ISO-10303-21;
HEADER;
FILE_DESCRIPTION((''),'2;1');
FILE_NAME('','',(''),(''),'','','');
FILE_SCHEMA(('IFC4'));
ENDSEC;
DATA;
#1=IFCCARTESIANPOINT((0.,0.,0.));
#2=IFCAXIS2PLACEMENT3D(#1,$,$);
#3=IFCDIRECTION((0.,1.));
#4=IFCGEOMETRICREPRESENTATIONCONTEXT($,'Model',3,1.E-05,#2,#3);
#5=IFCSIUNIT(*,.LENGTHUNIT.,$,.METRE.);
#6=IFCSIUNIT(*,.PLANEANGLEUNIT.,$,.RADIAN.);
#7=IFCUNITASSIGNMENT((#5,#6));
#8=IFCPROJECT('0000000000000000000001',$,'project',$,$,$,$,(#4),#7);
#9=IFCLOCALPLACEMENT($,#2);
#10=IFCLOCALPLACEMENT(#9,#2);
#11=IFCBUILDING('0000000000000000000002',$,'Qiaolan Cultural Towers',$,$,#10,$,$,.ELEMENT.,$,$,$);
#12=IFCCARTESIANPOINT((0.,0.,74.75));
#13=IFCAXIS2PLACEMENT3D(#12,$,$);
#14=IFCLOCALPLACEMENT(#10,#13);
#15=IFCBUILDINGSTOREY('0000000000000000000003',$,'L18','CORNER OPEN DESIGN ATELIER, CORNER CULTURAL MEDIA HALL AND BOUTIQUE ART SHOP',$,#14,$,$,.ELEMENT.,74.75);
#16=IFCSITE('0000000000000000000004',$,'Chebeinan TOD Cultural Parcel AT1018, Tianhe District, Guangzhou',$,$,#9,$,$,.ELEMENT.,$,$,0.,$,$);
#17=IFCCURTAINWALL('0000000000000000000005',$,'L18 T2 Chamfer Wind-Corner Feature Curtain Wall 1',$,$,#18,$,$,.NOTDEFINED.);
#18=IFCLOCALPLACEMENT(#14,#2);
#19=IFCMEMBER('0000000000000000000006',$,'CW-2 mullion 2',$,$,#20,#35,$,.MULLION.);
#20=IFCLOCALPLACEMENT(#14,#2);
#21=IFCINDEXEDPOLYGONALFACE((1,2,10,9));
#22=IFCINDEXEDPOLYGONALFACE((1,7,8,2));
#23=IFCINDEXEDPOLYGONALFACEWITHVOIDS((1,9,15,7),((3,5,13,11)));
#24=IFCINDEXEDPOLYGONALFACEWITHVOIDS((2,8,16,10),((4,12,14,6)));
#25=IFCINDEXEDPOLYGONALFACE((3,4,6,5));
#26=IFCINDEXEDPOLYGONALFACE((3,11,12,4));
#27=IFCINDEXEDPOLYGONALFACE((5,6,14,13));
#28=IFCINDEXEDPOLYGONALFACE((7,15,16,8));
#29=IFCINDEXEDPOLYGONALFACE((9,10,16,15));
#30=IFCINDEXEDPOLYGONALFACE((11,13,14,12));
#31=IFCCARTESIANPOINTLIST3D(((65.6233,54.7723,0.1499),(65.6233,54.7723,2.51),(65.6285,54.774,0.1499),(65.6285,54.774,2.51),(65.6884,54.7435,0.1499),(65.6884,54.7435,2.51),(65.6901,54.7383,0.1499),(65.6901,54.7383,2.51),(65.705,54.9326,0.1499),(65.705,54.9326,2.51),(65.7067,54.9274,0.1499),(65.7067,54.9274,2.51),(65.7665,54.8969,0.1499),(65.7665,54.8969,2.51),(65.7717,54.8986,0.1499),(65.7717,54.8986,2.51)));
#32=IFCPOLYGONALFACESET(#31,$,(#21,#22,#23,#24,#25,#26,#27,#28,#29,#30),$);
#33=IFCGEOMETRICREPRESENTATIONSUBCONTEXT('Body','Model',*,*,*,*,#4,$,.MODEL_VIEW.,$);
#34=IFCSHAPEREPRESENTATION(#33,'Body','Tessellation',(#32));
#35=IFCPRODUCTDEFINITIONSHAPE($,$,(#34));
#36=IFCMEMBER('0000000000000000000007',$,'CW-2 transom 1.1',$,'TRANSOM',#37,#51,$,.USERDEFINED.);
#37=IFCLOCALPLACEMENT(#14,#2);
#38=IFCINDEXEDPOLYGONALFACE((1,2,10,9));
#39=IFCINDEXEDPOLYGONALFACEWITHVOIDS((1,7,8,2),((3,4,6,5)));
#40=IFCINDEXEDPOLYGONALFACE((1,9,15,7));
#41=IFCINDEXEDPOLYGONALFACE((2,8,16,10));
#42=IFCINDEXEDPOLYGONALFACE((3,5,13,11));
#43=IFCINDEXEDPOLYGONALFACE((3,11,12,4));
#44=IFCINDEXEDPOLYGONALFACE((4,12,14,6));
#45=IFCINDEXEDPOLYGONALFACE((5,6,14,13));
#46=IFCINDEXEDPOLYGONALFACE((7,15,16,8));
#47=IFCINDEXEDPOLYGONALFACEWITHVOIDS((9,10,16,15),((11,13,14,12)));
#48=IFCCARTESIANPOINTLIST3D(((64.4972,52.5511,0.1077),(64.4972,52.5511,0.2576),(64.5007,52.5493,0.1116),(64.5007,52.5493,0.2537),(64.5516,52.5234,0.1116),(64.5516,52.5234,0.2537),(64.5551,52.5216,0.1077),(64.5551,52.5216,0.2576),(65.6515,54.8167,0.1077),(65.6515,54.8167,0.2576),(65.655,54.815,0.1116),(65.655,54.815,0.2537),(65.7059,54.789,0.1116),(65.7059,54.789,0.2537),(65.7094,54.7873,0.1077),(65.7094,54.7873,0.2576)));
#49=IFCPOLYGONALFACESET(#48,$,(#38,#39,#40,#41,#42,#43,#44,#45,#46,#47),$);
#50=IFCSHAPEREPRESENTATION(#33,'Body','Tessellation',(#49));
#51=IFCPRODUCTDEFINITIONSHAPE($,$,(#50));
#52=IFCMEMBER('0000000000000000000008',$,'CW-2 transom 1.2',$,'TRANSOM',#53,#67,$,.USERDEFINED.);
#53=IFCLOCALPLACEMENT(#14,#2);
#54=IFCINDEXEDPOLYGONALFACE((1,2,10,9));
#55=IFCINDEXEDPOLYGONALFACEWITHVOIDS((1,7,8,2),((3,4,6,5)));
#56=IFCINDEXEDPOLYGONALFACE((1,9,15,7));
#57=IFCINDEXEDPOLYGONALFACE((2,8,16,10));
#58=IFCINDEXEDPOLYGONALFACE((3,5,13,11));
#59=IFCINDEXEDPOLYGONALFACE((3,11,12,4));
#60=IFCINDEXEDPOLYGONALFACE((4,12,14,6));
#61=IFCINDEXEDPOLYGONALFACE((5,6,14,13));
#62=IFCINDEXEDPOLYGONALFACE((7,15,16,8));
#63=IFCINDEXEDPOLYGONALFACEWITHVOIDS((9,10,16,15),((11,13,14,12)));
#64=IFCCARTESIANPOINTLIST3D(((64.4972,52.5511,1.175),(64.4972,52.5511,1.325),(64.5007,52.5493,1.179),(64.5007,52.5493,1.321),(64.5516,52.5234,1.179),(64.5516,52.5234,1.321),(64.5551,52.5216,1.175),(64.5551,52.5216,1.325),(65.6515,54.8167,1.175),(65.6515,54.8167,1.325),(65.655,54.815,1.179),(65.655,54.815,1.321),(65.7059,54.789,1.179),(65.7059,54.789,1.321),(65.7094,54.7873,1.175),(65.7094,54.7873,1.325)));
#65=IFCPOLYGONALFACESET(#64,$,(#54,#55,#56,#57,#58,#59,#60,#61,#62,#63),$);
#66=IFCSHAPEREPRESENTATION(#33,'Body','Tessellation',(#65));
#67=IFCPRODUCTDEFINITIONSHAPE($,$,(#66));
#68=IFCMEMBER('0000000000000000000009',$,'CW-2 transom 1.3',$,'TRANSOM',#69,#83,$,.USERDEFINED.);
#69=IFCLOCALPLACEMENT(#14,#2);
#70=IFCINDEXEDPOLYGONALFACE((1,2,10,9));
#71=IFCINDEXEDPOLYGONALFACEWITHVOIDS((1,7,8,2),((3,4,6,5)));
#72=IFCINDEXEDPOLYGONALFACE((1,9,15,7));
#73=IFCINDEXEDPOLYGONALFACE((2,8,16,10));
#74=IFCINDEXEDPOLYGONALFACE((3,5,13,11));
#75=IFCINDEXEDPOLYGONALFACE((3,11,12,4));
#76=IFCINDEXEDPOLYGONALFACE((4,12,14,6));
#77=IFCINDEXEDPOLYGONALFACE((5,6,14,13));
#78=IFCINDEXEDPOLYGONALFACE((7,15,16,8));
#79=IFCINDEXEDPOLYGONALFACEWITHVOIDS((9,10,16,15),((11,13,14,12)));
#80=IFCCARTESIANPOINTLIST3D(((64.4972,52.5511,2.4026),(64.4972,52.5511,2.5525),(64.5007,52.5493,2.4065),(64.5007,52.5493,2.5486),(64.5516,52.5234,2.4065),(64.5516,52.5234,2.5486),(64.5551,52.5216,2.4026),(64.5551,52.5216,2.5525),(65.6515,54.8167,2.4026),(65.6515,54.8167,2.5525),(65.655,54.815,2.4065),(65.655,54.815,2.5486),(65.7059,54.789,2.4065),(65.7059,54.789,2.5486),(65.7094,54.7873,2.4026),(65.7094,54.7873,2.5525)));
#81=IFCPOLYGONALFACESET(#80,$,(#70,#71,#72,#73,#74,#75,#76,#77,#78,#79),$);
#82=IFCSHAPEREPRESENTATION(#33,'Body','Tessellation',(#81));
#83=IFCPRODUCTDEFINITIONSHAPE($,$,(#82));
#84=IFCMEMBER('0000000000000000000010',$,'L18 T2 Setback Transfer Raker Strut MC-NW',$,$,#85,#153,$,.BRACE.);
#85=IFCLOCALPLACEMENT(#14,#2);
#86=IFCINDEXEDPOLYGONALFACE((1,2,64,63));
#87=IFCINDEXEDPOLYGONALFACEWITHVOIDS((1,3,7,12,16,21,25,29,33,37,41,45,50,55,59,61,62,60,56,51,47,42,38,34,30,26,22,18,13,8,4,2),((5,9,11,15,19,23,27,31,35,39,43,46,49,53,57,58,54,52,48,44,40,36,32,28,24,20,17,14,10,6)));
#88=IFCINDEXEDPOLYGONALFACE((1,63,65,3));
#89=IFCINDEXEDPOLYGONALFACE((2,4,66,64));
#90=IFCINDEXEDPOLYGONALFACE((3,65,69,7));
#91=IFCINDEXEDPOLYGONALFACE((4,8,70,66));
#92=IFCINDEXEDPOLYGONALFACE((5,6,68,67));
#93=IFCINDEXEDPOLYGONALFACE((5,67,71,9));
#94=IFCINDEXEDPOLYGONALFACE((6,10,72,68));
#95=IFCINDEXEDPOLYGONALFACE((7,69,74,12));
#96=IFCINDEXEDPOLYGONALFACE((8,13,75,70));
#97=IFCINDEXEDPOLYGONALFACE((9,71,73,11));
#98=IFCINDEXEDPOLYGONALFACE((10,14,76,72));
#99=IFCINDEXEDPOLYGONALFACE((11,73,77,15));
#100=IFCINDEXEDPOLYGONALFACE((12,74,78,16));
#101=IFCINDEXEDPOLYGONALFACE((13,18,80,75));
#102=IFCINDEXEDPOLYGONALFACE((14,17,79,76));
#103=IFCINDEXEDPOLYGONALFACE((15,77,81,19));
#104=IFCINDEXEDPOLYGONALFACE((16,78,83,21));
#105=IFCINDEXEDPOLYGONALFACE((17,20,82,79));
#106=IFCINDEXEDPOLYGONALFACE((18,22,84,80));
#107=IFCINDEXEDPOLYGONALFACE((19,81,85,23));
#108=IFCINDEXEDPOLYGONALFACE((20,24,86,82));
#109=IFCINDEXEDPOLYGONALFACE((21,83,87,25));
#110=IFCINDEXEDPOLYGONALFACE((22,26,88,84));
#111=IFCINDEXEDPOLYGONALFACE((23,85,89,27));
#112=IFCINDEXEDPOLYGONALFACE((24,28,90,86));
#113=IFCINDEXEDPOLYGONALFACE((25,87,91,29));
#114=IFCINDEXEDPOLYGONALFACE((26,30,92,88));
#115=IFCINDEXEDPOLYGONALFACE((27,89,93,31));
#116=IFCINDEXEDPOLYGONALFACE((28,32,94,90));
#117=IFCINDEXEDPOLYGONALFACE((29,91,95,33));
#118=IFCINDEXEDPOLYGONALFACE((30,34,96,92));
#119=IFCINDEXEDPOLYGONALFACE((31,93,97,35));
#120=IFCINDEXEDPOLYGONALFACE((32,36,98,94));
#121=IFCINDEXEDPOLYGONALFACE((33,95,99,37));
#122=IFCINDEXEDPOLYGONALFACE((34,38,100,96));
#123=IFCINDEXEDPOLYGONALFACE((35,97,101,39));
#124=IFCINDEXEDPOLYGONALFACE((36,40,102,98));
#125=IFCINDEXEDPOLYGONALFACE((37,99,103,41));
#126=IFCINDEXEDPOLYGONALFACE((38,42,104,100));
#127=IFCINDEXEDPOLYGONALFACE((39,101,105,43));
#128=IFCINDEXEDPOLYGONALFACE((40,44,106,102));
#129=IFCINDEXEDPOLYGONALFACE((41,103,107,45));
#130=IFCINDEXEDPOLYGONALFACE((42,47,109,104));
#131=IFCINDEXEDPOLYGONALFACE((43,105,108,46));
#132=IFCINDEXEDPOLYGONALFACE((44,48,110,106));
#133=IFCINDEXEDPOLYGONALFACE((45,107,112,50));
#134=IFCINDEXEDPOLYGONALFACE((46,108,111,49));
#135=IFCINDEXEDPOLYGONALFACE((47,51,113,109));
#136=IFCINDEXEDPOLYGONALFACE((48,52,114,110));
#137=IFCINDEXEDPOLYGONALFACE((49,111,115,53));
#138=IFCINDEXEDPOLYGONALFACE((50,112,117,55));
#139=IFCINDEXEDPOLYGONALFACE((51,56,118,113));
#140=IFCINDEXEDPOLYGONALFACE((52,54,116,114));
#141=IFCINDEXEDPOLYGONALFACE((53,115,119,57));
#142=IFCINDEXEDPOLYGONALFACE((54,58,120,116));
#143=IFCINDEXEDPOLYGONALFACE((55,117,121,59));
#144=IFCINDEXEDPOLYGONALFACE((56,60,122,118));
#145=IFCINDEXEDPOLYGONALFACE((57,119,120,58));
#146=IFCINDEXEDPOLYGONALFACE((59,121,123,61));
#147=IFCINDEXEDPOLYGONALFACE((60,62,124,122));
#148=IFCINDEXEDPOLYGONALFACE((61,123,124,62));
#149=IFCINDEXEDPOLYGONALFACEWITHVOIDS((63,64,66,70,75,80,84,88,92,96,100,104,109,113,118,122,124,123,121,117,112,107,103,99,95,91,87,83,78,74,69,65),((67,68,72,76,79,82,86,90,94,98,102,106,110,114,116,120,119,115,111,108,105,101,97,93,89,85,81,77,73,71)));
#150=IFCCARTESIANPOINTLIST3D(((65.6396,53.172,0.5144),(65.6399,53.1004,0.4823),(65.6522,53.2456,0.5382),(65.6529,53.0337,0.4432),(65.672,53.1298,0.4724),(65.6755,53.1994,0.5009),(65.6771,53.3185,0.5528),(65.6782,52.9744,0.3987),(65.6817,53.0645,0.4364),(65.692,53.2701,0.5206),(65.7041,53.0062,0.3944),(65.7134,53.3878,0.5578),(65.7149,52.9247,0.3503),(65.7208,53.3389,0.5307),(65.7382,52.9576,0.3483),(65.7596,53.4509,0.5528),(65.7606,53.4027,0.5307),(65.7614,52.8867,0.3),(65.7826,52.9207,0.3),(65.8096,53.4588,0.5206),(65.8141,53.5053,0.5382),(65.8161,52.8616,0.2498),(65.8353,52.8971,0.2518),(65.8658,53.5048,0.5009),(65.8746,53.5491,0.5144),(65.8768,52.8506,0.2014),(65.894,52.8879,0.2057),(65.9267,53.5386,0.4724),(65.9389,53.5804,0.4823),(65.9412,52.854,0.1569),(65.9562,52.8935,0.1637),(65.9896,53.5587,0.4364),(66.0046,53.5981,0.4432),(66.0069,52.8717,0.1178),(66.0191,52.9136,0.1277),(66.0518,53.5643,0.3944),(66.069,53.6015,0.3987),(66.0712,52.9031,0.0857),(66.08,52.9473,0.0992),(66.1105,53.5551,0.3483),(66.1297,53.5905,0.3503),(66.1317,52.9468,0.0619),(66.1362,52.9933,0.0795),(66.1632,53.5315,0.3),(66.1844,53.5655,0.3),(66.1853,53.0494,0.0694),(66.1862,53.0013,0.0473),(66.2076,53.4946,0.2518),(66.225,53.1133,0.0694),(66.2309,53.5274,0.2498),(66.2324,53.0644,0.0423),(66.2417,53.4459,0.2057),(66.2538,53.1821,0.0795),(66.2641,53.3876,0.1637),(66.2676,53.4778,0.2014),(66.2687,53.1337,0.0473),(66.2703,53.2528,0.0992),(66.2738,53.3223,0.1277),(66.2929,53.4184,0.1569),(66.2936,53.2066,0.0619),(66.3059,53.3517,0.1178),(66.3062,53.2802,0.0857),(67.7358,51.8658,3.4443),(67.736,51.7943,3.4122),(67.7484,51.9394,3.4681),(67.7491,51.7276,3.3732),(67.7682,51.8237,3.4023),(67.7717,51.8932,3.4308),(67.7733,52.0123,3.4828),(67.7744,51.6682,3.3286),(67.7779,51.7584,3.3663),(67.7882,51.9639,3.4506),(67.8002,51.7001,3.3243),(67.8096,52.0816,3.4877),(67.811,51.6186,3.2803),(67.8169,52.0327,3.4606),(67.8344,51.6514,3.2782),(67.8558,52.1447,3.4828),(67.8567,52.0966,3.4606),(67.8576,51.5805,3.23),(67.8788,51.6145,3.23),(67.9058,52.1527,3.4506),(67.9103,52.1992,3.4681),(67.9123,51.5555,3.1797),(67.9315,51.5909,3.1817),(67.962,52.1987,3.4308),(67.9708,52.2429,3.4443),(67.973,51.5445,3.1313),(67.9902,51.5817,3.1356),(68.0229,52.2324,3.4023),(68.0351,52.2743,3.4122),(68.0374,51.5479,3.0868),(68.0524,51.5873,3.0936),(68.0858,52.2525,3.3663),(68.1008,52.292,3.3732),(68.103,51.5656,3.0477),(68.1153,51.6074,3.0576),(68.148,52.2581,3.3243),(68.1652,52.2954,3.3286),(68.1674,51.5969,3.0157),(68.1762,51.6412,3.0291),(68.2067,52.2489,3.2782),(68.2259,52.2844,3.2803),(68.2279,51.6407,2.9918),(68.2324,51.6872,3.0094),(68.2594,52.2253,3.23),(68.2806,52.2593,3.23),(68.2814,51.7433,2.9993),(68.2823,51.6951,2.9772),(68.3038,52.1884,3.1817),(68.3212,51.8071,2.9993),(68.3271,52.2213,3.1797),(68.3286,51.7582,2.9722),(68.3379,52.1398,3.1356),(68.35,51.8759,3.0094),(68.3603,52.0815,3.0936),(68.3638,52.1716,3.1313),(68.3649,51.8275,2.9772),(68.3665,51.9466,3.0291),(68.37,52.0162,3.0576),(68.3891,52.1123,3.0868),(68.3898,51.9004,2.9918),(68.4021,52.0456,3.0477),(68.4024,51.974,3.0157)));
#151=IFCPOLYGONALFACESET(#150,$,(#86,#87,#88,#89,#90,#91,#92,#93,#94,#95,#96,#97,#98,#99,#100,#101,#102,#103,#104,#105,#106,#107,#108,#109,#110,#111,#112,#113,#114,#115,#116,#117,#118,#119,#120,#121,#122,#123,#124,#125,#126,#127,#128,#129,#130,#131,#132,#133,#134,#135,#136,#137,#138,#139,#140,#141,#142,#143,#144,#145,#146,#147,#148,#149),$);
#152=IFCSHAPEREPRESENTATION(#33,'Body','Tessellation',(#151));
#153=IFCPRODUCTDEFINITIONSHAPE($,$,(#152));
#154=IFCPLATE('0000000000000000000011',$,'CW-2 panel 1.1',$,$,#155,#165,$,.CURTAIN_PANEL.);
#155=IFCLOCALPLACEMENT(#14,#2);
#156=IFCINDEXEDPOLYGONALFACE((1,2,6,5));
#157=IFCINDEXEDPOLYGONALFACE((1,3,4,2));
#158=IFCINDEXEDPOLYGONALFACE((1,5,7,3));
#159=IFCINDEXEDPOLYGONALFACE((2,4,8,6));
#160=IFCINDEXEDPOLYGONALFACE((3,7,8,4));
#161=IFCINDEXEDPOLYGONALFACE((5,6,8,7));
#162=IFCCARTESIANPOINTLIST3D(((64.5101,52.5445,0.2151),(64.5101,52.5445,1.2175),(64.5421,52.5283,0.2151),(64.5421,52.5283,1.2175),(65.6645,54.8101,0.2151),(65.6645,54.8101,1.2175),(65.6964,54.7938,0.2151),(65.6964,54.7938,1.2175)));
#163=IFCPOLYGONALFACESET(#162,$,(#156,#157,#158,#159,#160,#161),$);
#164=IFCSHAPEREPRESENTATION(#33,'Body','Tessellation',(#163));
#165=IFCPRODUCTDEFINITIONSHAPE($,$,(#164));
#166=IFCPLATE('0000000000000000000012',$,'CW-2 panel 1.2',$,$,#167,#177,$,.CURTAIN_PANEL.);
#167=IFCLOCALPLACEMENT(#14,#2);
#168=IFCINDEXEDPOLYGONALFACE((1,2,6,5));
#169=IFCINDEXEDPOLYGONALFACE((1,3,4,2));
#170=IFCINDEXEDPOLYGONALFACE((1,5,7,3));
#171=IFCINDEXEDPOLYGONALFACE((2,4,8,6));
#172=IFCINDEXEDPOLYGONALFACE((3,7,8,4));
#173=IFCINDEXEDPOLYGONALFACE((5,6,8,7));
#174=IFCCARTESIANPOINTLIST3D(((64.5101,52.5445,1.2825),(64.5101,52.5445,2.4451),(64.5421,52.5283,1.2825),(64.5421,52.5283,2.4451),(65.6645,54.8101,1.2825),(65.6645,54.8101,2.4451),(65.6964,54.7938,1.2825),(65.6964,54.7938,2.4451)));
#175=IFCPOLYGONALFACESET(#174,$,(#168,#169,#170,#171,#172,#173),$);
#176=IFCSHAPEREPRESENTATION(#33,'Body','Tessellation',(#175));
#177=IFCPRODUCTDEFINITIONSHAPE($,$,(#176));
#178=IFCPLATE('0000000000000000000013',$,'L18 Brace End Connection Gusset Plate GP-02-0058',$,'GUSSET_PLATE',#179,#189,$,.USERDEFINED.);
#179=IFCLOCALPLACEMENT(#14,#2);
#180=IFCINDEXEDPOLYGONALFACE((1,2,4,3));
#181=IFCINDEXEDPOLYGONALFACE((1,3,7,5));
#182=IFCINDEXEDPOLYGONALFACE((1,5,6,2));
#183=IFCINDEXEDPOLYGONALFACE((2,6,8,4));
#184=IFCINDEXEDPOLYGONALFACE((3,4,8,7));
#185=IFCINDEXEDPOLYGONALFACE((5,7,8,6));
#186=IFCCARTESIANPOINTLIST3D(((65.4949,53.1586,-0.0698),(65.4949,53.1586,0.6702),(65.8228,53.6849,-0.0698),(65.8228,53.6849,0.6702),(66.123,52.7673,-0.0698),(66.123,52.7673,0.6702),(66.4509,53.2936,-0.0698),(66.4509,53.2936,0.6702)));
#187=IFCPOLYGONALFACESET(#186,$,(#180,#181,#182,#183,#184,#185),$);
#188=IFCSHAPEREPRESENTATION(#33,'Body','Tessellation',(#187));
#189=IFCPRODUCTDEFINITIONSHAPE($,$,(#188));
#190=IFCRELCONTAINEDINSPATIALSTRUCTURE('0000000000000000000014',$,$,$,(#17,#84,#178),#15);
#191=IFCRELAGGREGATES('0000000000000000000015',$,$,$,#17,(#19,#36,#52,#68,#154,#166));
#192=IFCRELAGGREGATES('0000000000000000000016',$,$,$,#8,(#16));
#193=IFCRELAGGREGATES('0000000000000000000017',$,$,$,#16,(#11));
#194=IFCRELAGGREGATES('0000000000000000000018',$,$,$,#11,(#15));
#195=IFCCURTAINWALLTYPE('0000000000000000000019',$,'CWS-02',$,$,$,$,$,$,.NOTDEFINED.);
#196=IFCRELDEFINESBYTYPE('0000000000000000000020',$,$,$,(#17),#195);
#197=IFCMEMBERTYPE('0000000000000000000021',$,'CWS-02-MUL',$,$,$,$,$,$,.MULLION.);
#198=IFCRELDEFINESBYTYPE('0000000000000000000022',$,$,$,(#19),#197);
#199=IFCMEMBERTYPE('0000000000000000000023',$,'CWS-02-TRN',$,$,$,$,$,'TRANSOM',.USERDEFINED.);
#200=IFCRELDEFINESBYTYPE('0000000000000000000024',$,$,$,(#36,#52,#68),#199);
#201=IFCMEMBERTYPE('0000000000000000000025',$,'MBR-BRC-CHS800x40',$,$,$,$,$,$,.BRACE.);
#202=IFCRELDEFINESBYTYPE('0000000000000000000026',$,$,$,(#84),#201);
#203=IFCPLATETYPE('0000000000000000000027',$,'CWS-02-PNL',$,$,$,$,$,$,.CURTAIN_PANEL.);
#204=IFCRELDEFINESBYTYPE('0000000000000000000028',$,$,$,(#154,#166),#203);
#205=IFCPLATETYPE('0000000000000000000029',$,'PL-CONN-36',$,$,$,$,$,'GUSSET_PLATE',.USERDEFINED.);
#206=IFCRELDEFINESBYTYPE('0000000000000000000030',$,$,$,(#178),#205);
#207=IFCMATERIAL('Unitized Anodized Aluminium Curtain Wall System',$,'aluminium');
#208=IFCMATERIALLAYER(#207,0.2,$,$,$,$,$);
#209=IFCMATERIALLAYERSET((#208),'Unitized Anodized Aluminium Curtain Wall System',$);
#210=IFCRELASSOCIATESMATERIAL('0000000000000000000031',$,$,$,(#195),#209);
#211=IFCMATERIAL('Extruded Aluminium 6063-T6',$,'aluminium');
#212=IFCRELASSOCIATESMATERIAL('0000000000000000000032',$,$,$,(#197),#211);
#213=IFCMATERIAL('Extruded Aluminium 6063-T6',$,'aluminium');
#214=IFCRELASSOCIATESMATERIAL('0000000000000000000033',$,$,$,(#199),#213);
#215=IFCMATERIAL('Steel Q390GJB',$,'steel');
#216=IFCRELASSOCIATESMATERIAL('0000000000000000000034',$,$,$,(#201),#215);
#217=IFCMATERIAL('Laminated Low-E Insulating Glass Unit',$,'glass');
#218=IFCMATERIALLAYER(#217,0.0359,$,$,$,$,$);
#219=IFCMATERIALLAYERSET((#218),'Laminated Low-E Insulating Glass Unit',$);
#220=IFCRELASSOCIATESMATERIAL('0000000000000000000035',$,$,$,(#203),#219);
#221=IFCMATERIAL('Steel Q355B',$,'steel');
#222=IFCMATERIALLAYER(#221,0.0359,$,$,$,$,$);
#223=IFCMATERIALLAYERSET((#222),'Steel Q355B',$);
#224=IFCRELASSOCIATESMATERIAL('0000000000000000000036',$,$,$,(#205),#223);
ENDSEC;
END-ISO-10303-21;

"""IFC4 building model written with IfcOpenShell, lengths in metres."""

from ifc_helpers import new_model, si_unit, direction, frame, origin, origin_2d, place, context, subcontext, project, spatial, rectangle, hollow_rectangle, hollow_circle, extrude, material, layer, layer_set, material_profile, profile_set, type_object, element, aggregate, save


model = new_model("IFC4")

# Units and contexts
model_context = context("Model", 3, precision=1e-05, world=origin(), true_north=direction((0.0, 1.0)))
body_context = subcontext(model_context, "Body", "Model", "MODEL_VIEW")
ifc_project = project(units=[si_unit("LENGTHUNIT", "METRE"), si_unit("PLANEANGLEUNIT", "RADIAN")], contexts=[model_context])

# Site, building, storey
site_placement = place(None, origin())
site = spatial("IfcSite", under=ifc_project, at=site_placement, Name="Chebeinan TOD Cultural Parcel AT1018, Tianhe District, Guangzhou", CompositionType="ELEMENT", RefElevation=0.0)
building_placement = place(site_placement, origin())
building = spatial("IfcBuilding", under=site, at=building_placement, Name="Qiaolan Cultural Towers", CompositionType="ELEMENT")
storey_placement = place(building_placement, frame((0.0, 0.0, 74.75)))
storey = spatial("IfcBuildingStorey", under=building, at=storey_placement, Name="L18", Description="CORNER OPEN DESIGN ATELIER, CORNER CULTURAL MEDIA HALL AND BOUTIQUE ART SHOP", CompositionType="ELEMENT", Elevation=74.75)

# Curtain wall, members
ifc_material_1 = material(Name="Unitized Anodized Aluminium Curtain Wall System", Category="aluminium")
ifc_layer_1 = layer(ifc_material_1, 0.2)
ifc_layer_set_1 = layer_set([ifc_layer_1], Name="Unitized Anodized Aluminium Curtain Wall System")
curtain_wall_type = type_object("IfcCurtainWallType", Name="CWS-02", PredefinedType="NOTDEFINED", material=ifc_layer_set_1)
curtain_wall_placement = place(storey_placement, origin())
curtain_wall = element("IfcCurtainWall", 1, at=curtain_wall_placement, inside=storey, type_object=curtain_wall_type, Name="L18 T2 Chamfer Wind-Corner Feature Curtain Wall 1", PredefinedType="NOTDEFINED")
ifc_material_2 = material(Name="Extruded Aluminium 6063-T6", Category="aluminium")
ifc_material_profile_1 = material_profile(ifc_material_2, hollow_rectangle(XDim=0.075, YDim=0.1799, WallThickness=0.0039, at=origin_2d()), Name="CWM-180x75x4")
ifc_profile_set_1 = profile_set([ifc_material_profile_1], Name="Extruded Aluminium 6063-T6")
member_type_1 = type_object("IfcMemberType", Name="CWS-02-MUL", PredefinedType="MULLION", material=ifc_profile_set_1)
member_1_placement = place(storey_placement, frame((65.6975, 54.8354, 0.1499), z_axis=(0.0, 0.0, 1.0), x_axis=(-0.891007, 0.45399, 0.0)))
member_1 = element("IfcMember", 2, at=member_1_placement, type_object=member_type_1, Name="CW-2 mullion 2", PredefinedType="MULLION", context=body_context, shape_type="SweptSolid", body=[
    extrude(hollow_rectangle(XDim=0.075, YDim=0.1799, WallThickness=0.0039, at=origin_2d()), origin(), (0.0, 0.0, 1.0), 2.3601),
])
ifc_material_3 = material(Name="Extruded Aluminium 6063-T6", Category="aluminium")
ifc_material_profile_2 = material_profile(ifc_material_3, hollow_rectangle(XDim=0.0649, YDim=0.1499, WallThickness=0.0039, at=origin_2d()), Name="CWT-150x65x4")
ifc_profile_set_2 = profile_set([ifc_material_profile_2], Name="Extruded Aluminium 6063-T6")
member_type_2 = type_object("IfcMemberType", Name="CWS-02-TRN", ElementType="TRANSOM", PredefinedType="USERDEFINED", material=ifc_profile_set_2)
member_2_placement = place(storey_placement, frame((64.5261, 52.5364, 0.1826), z_axis=(0.45396, 0.891022, 0.0), x_axis=(-0.891022, 0.45396, 0.0)))
member_2 = element("IfcMember", 3, at=member_2_placement, type_object=member_type_2, Name="CW-2 transom 1.1", ObjectType="TRANSOM", PredefinedType="USERDEFINED", context=body_context, shape_type="SweptSolid", body=[
    extrude(hollow_rectangle(XDim=0.0649, YDim=0.1499, WallThickness=0.0039, at=origin_2d()), origin(), (0.0, 0.0, 1.0), 2.5427),
])
member_3_placement = place(storey_placement, frame((64.5261, 52.5364, 1.25), z_axis=(0.45396, 0.891022, 0.0), x_axis=(-0.891022, 0.45396, 0.0)))
member_3 = element("IfcMember", 4, at=member_3_placement, type_object=member_type_2, Name="CW-2 transom 1.2", ObjectType="TRANSOM", PredefinedType="USERDEFINED", context=body_context, shape_type="SweptSolid", body=[
    extrude(hollow_rectangle(XDim=0.0649, YDim=0.1499, WallThickness=0.0039, at=origin_2d()), origin(), (0.0, 0.0, 1.0), 2.5427),
])
member_4_placement = place(storey_placement, frame((64.5261, 52.5364, 2.4775), z_axis=(0.45396, 0.891022, 0.0), x_axis=(-0.891022, 0.45396, 0.0)))
member_4 = element("IfcMember", 5, at=member_4_placement, type_object=member_type_2, Name="CW-2 transom 1.3", ObjectType="TRANSOM", PredefinedType="USERDEFINED", context=body_context, shape_type="SweptSolid", body=[
    extrude(hollow_rectangle(XDim=0.0649, YDim=0.1499, WallThickness=0.0039, at=origin_2d()), origin(), (0.0, 0.0, 1.0), 2.5427),
])

# Member
ifc_material_4 = material(Name="Steel Q390GJB", Category="steel")
ifc_material_profile_3 = material_profile(ifc_material_4, hollow_circle(Radius=0.3999, WallThickness=0.04, at=origin_2d()), Name="CHS800x40")
ifc_profile_set_3 = profile_set([ifc_material_profile_3], Name="Steel Q390GJB")
member_type_3 = type_object("IfcMemberType", Name="MBR-BRC-CHS800x40", PredefinedType="BRACE", material=ifc_profile_set_3)
member_5_placement = place(storey_placement, frame((65.9729, 53.2261, 0.3), z_axis=(0.547017, -0.34085, 0.764587), x_axis=(0.528843, 0.848719, 0.0)))
element("IfcMember", 6, at=member_5_placement, inside=storey, type_object=member_type_3, Name="L18 T2 Setback Transfer Raker Strut MC-NW", PredefinedType="BRACE", context=body_context, shape_type="SweptSolid", body=[
    extrude(hollow_circle(Radius=0.3999, WallThickness=0.04, at=origin_2d()), origin(), (0.0, 0.0, 1.0), 3.832),
])

# Plates
ifc_material_5 = material(Name="Laminated Low-E Insulating Glass Unit", Category="glass")
ifc_layer_2 = layer(ifc_material_5, 0.0359)
ifc_layer_set_2 = layer_set([ifc_layer_2], Name="Laminated Low-E Insulating Glass Unit")
plate_type_1 = type_object("IfcPlateType", Name="CWS-02-PNL", PredefinedType="CURTAIN_PANEL", material=ifc_layer_set_2)
plate_1_placement = place(storey_placement, frame((65.1033, 53.6692, 0.2151), z_axis=(0.0, 0.0, 1.0), x_axis=(0.45399, 0.891007, 0.0)))
plate_1 = element("IfcPlate", 7, at=plate_1_placement, type_object=plate_type_1, Name="CW-2 panel 1.1", PredefinedType="CURTAIN_PANEL", context=body_context, shape_type="SweptSolid", body=[
    extrude(rectangle(XDim=2.5427, YDim=0.0359, at=origin_2d()), origin(), (0.0, 0.0, 1.0), 1.0024),
])
plate_2_placement = place(storey_placement, frame((65.1033, 53.6692, 1.2825), z_axis=(0.0, 0.0, 1.0), x_axis=(0.45399, 0.891007, 0.0)))
plate_2 = element("IfcPlate", 8, at=plate_2_placement, type_object=plate_type_1, Name="CW-2 panel 1.2", PredefinedType="CURTAIN_PANEL", context=body_context, shape_type="SweptSolid", body=[
    extrude(rectangle(XDim=2.5427, YDim=0.0359, at=origin_2d()), origin(), (0.0, 0.0, 1.0), 1.1626),
])
aggregate(curtain_wall, [member_1, member_2, member_3, member_4, plate_1, plate_2])

# Plate
ifc_material_6 = material(Name="Steel Q355B", Category="steel")
ifc_layer_3 = layer(ifc_material_6, 0.0359)
ifc_layer_set_3 = layer_set([ifc_layer_3], Name="Steel Q355B")
plate_type_2 = type_object("IfcPlateType", Name="PL-CONN-36", ElementType="GUSSET_PLATE", PredefinedType="USERDEFINED", material=ifc_layer_set_3)
for number, where, z_axis, x_axis, name in (
    (9, (65.9729, 53.2261, -0.0698), (0.0, 0.0, 1.0), (-0.848722, 0.52884, 0.0), "L18 Brace End Connection Gusset Plate GP-02-0058"),
):
    element("IfcPlate", number, at=place(storey_placement, frame(where, z_axis=z_axis, x_axis=x_axis)), inside=storey, type_object=plate_type_2, Name=name, ObjectType="GUSSET_PLATE", PredefinedType="USERDEFINED", context=body_context, shape_type="SweptSolid", body=[
        extrude(rectangle(XDim=0.74, YDim=0.6201, at=origin_2d()), origin(), (0.0, 0.0, 1.0), 0.74),
    ])

save(model, "model.ifc")
